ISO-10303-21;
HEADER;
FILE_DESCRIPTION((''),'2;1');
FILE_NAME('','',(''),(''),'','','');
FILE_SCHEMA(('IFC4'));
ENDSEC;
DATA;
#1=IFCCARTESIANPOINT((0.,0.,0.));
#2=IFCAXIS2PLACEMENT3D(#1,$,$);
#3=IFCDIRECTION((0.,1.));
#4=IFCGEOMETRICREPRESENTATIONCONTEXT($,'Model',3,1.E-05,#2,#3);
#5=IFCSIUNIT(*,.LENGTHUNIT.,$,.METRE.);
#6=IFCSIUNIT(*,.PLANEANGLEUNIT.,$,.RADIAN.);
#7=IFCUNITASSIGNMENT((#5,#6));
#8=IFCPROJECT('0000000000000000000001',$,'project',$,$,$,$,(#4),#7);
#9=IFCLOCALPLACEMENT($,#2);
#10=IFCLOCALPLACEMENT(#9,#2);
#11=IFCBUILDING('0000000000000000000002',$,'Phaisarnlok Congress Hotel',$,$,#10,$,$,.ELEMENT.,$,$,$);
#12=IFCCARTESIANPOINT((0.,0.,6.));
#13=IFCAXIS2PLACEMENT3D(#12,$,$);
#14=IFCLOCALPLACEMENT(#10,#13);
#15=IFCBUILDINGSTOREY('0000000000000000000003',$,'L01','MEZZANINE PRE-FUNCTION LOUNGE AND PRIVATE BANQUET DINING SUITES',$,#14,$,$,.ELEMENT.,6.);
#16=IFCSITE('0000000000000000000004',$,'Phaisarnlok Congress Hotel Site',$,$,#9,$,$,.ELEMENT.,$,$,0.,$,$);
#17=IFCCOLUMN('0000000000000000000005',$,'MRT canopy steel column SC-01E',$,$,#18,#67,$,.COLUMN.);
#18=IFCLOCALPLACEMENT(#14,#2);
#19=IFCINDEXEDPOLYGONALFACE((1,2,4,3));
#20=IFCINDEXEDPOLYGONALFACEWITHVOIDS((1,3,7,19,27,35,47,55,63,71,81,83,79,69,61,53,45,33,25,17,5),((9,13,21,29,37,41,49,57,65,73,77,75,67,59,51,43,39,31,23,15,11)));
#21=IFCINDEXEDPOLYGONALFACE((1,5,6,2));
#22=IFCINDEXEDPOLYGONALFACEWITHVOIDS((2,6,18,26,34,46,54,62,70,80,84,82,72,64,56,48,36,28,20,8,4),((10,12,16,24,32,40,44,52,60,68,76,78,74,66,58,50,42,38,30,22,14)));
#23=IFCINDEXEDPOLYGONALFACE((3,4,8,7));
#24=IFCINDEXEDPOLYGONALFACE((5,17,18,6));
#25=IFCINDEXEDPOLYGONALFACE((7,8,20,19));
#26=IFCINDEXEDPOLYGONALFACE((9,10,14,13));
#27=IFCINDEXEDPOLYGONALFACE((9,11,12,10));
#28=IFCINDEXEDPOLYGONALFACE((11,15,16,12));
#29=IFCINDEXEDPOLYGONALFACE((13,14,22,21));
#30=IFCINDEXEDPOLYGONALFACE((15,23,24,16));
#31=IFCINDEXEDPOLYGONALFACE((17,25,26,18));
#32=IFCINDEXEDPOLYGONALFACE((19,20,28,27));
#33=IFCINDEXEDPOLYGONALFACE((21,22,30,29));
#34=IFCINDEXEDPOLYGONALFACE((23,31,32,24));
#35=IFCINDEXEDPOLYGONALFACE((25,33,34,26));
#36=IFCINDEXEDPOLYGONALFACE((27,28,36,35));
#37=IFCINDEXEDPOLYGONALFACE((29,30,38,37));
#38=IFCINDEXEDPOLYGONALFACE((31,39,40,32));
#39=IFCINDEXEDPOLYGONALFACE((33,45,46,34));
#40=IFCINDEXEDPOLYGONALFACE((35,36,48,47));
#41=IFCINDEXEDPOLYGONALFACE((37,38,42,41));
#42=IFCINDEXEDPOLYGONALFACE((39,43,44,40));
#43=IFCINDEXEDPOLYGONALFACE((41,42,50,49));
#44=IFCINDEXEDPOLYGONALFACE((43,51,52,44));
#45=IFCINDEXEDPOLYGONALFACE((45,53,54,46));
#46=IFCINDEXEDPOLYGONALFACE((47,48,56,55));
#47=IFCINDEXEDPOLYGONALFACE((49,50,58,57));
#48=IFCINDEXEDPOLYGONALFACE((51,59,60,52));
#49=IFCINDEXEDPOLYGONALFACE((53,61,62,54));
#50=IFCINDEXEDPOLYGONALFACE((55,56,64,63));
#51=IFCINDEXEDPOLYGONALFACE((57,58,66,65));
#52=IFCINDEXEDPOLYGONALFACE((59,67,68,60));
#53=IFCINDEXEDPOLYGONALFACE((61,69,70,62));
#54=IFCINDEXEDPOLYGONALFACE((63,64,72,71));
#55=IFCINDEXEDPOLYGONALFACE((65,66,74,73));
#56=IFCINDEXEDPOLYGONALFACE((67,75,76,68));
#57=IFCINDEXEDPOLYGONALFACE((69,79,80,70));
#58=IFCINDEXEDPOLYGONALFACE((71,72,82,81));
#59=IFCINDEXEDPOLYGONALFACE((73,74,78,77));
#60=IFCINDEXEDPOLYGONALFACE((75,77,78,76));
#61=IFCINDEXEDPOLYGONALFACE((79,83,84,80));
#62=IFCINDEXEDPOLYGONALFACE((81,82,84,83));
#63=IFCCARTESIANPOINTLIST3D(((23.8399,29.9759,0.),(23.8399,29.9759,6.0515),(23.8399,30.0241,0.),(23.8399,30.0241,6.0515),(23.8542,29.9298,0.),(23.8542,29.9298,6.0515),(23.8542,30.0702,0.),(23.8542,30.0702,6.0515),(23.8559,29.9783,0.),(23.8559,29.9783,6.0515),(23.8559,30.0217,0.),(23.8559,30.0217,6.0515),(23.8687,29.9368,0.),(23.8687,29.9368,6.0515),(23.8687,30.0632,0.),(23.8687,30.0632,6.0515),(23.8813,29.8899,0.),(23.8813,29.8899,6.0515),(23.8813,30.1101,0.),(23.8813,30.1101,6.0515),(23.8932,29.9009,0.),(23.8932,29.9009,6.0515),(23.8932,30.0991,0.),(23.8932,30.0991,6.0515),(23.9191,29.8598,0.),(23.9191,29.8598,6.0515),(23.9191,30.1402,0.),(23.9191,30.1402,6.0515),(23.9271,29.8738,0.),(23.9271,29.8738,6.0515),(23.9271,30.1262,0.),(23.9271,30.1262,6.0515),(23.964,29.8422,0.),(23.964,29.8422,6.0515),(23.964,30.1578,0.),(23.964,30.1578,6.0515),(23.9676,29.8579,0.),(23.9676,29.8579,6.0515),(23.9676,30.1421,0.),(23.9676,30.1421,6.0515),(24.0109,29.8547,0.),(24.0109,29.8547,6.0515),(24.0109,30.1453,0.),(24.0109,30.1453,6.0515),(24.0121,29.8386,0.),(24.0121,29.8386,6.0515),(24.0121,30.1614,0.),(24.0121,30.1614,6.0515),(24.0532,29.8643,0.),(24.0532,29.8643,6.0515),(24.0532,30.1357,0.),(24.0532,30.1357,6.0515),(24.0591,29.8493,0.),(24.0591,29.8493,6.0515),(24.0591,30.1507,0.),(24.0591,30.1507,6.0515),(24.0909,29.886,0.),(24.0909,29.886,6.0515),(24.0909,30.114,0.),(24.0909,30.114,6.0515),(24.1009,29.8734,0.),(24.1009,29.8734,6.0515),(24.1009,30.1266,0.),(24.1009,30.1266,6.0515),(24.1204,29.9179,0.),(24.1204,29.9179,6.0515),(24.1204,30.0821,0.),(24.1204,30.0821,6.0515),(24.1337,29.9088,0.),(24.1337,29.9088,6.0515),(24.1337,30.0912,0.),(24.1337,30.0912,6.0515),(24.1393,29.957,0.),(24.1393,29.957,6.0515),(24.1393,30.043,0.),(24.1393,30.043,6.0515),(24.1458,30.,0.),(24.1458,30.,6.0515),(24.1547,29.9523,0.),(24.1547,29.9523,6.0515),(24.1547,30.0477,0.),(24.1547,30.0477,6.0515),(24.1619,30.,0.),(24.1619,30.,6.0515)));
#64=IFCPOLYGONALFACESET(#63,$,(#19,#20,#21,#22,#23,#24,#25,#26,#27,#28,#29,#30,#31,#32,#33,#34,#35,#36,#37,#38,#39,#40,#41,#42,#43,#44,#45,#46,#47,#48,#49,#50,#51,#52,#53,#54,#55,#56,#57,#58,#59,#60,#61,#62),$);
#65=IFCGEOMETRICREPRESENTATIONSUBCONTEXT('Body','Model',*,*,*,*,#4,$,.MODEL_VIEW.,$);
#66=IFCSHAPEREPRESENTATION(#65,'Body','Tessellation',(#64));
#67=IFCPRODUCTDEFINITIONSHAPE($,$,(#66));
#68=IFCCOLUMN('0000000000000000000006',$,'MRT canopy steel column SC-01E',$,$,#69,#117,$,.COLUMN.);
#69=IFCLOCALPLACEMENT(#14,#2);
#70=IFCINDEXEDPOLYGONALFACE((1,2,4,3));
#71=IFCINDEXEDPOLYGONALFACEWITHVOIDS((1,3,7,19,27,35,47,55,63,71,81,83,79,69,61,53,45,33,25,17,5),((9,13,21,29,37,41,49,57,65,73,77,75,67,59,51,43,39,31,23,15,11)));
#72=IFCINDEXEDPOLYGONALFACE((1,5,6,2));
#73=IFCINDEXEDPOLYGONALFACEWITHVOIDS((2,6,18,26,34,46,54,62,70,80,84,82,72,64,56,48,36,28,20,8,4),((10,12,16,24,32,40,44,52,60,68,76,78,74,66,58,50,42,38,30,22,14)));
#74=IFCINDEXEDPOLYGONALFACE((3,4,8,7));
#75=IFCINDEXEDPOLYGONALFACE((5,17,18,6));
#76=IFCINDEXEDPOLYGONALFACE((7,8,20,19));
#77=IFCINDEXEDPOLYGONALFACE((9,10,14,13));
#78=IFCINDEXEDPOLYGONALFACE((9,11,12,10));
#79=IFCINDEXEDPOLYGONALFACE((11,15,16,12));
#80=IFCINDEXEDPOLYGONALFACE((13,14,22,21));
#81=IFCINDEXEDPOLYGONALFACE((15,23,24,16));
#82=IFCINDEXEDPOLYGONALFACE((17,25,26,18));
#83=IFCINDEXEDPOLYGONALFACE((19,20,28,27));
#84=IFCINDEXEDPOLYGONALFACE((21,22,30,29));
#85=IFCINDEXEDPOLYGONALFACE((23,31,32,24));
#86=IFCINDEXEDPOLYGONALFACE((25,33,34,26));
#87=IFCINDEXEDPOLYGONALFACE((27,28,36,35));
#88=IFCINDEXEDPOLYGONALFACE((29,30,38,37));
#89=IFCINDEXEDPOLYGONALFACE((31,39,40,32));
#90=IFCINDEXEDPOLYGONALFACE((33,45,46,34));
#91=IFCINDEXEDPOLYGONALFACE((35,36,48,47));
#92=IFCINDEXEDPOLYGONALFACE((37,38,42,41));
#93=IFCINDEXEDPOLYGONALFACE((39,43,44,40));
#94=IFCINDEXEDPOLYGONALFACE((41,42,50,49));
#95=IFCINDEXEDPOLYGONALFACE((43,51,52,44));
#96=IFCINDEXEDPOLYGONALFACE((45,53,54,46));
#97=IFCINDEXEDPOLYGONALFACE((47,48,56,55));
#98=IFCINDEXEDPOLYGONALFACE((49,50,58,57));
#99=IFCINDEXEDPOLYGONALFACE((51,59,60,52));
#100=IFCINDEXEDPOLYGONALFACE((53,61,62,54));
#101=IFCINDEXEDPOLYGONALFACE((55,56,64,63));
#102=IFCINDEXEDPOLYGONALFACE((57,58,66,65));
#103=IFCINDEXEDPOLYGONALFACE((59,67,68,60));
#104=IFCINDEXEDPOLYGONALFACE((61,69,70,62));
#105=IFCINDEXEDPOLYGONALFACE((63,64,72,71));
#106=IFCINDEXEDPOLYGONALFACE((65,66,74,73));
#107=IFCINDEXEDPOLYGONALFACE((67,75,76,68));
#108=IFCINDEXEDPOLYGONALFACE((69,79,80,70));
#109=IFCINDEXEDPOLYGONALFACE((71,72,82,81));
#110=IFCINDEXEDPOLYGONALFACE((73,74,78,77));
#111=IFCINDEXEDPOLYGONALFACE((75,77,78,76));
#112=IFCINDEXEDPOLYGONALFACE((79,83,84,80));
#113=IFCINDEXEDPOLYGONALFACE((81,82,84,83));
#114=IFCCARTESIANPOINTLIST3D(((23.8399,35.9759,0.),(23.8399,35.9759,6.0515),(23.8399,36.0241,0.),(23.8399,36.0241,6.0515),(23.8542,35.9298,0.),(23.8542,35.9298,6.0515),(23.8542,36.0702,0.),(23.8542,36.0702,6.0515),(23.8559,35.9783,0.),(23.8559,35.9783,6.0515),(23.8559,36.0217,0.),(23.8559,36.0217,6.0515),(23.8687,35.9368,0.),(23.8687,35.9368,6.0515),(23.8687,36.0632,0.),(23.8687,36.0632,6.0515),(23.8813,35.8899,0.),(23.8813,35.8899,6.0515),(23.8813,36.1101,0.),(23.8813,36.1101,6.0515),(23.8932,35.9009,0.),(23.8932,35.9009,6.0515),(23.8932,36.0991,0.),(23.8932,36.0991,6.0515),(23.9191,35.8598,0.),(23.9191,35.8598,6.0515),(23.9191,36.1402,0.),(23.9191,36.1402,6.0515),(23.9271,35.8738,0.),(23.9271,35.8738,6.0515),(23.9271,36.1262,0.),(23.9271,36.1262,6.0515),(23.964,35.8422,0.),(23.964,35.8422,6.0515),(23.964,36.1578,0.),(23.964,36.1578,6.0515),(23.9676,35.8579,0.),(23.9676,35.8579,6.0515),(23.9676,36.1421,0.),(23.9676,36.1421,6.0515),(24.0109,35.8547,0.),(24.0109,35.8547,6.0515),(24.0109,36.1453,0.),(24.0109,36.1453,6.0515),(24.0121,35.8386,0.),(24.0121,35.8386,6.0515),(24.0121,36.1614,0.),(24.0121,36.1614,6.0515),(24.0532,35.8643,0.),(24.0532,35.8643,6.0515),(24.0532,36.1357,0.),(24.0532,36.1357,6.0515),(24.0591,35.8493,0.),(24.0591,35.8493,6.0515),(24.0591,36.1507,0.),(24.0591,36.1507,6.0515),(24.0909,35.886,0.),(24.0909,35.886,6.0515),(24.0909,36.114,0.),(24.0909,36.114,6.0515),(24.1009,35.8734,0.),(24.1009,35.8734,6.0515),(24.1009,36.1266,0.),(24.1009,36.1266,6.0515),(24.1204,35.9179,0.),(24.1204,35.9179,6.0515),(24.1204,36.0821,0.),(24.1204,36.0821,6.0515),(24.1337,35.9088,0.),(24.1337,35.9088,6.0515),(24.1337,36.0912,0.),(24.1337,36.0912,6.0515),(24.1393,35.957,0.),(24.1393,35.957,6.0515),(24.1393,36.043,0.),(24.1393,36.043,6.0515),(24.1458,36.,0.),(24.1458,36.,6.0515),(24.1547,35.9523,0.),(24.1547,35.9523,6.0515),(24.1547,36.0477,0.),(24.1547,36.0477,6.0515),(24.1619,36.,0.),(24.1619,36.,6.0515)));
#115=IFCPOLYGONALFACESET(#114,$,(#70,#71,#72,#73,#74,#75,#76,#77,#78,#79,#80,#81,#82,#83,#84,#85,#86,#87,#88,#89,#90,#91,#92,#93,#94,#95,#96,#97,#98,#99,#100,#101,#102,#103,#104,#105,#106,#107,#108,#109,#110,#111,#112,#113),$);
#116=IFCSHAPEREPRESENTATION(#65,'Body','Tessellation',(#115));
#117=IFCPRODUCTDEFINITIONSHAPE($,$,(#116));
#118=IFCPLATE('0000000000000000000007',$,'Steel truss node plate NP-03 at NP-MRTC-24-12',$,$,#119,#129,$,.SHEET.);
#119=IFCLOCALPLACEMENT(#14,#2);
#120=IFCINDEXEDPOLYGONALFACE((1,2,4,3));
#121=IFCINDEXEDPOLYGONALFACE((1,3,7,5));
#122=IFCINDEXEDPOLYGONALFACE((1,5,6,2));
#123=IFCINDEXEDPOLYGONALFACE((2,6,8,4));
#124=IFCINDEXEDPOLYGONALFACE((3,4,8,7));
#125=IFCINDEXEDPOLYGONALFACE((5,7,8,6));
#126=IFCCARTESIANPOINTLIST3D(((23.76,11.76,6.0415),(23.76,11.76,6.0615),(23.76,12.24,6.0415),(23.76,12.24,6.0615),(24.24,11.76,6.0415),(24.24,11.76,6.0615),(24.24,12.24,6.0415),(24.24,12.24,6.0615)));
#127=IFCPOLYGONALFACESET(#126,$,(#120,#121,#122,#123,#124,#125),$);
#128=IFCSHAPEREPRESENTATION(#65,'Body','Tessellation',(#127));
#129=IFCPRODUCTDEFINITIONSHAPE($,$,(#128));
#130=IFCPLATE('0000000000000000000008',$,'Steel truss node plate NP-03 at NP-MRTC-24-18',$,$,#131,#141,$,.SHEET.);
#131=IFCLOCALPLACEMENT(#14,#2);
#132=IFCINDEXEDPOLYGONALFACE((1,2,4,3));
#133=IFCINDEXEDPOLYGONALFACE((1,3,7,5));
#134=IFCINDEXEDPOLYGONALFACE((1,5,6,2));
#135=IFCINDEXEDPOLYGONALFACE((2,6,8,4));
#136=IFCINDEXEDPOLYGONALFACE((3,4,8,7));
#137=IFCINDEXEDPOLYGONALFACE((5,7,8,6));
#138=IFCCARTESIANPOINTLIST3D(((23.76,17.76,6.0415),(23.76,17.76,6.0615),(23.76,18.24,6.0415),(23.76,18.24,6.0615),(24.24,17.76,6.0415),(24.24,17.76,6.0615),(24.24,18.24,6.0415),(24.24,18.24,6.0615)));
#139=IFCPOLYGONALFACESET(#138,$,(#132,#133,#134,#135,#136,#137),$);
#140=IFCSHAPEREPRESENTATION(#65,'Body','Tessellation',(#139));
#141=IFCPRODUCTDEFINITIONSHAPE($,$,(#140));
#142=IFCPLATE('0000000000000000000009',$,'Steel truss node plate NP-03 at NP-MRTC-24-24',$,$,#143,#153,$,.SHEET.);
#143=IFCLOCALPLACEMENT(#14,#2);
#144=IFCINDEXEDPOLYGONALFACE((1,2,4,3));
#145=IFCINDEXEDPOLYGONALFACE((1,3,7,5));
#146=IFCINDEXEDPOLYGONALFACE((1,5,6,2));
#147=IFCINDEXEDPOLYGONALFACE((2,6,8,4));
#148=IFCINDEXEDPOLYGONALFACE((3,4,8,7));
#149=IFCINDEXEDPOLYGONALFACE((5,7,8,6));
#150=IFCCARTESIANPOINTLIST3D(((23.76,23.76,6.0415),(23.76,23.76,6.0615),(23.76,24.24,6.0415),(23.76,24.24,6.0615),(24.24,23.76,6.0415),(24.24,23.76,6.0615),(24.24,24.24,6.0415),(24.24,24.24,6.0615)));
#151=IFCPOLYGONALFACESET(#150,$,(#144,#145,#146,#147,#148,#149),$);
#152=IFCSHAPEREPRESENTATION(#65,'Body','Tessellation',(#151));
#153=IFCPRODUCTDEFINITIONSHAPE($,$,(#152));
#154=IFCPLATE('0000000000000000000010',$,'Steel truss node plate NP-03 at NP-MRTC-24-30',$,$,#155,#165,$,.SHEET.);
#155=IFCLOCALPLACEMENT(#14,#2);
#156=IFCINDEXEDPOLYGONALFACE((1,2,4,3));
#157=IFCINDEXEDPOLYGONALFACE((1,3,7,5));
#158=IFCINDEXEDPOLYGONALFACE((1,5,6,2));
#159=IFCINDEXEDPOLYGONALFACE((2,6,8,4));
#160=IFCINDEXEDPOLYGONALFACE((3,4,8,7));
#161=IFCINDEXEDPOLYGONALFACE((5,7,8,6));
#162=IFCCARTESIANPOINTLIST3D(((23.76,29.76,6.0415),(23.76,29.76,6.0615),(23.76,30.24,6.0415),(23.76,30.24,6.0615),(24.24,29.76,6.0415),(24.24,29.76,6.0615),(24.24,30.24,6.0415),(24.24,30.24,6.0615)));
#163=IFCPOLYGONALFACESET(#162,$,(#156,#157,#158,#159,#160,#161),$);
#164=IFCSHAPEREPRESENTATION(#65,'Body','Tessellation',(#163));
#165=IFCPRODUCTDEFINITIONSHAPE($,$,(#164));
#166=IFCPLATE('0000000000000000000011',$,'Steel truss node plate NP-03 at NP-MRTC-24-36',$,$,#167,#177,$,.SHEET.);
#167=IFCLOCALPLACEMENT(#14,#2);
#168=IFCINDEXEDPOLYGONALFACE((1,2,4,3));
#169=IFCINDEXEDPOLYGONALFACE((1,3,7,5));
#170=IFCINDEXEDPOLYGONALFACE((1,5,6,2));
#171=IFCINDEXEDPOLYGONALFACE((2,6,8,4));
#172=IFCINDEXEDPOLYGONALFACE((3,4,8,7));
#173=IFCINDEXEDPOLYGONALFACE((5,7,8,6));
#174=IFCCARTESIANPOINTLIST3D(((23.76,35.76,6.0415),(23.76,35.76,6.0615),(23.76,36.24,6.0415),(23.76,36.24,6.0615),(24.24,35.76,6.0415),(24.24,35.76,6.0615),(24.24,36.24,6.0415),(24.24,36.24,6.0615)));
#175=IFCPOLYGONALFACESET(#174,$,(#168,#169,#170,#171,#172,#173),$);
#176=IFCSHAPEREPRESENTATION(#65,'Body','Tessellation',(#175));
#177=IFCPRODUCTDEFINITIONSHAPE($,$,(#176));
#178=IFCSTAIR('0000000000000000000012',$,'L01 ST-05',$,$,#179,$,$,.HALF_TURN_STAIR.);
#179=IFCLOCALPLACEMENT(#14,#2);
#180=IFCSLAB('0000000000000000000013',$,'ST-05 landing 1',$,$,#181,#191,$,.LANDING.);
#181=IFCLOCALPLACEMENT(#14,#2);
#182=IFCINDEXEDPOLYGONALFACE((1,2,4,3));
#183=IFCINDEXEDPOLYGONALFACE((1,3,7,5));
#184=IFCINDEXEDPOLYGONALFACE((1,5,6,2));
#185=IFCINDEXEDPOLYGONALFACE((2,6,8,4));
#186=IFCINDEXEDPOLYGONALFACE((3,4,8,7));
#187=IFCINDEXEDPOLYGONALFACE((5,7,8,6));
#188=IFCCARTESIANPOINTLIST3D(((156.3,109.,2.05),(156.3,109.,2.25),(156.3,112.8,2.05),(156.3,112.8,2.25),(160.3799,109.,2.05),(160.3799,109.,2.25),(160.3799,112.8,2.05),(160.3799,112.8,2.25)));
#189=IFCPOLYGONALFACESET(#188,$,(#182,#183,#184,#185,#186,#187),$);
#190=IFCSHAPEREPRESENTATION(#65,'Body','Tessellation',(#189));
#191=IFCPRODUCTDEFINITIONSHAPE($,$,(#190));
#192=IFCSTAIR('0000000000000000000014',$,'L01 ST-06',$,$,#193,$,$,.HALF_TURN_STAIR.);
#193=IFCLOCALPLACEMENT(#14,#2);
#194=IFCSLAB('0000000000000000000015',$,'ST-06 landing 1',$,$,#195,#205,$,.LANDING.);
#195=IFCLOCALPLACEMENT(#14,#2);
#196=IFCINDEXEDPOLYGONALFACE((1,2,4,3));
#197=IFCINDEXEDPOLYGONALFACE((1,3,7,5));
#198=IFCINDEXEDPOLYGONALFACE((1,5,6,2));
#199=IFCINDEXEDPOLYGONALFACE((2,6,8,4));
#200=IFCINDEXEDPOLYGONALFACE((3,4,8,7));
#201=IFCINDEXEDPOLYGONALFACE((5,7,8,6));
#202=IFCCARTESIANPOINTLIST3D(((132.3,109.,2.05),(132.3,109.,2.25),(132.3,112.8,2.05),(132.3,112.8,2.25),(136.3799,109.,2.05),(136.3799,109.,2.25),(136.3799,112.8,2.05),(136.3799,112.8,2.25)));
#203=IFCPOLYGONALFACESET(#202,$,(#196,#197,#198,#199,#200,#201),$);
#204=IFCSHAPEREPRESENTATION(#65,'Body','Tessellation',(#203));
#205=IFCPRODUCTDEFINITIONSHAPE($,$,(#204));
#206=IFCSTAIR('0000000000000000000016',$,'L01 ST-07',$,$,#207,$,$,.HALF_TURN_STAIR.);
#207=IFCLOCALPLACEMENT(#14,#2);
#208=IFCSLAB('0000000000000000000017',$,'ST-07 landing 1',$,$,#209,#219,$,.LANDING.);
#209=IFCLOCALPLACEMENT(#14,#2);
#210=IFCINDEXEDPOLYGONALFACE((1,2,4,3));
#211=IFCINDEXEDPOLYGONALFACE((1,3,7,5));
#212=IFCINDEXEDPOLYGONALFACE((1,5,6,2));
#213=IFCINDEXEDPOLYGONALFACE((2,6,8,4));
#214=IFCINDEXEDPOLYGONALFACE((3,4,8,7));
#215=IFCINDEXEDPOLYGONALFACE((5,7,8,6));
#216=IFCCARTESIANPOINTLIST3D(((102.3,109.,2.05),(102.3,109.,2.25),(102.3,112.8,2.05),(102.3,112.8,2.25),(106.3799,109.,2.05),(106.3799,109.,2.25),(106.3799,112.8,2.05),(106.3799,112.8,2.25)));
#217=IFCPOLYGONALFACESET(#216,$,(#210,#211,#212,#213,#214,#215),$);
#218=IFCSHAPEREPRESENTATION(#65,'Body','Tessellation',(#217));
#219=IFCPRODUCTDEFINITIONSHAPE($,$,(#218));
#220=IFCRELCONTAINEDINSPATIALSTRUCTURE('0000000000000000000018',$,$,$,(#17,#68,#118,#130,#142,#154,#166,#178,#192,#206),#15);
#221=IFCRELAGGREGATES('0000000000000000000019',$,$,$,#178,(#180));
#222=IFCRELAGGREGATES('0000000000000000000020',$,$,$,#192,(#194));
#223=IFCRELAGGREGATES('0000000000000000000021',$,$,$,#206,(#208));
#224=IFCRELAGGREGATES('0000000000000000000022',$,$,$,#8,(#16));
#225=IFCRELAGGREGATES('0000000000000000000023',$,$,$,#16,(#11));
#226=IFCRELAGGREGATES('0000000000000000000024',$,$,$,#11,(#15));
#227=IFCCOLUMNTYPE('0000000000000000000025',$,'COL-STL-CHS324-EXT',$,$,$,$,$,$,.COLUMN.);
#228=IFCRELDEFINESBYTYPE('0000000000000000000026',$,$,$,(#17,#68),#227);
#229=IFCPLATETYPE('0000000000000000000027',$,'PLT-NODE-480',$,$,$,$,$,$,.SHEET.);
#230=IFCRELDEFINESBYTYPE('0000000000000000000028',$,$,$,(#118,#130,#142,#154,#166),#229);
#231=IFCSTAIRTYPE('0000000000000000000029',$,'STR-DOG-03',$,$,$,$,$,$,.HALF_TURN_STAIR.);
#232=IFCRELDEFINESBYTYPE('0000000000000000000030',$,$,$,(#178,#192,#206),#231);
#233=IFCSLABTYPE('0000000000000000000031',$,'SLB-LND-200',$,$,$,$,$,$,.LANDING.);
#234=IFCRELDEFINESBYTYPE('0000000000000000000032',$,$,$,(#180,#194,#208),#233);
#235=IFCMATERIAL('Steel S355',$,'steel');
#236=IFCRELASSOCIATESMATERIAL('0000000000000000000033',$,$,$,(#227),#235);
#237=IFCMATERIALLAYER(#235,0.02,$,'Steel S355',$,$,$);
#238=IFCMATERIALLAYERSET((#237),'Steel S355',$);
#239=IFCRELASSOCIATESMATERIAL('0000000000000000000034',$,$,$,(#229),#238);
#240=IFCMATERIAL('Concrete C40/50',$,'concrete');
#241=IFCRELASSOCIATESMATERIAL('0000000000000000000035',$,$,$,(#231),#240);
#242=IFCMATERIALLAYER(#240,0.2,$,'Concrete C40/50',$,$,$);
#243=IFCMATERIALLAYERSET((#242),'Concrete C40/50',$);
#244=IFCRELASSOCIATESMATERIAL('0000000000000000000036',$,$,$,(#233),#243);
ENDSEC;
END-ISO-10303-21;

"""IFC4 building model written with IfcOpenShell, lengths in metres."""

from ifc_helpers import new_model, si_unit, direction, frame, origin, origin_2d, place, context, subcontext, project, spatial, polyline, rectangle, hollow_circle, outline, extrude, material, layer, layer_set, material_profile, profile_set, type_object, element, aggregate, save


model = new_model("IFC4")

# Units and contexts
model_context = context("Model", 3, precision=1e-05, world=origin(), true_north=direction((0.0, 1.0)))
body_context = subcontext(model_context, "Body", "Model", "MODEL_VIEW")
ifc_project = project(units=[si_unit("LENGTHUNIT", "METRE"), si_unit("PLANEANGLEUNIT", "RADIAN")], contexts=[model_context])

# Site, building, storey
site_placement = place(None, origin())
site = spatial("IfcSite", under=ifc_project, at=site_placement, Name="Phaisarnlok Congress Hotel Site", CompositionType="ELEMENT", RefElevation=0.0)
building_placement = place(site_placement, origin())
building = spatial("IfcBuilding", under=site, at=building_placement, Name="Phaisarnlok Congress Hotel", CompositionType="ELEMENT")
storey_placement = place(building_placement, frame((0.0, 0.0, 6.0)))
storey = spatial("IfcBuildingStorey", under=building, at=storey_placement, Name="L01", Description="MEZZANINE PRE-FUNCTION LOUNGE AND PRIVATE BANQUET DINING SUITES", CompositionType="ELEMENT", Elevation=6.0)

# Columns
ifc_material_1 = material(Name="Steel S355", Category="steel")
ifc_material_profile = material_profile(ifc_material_1, hollow_circle(Radius=0.1619, WallThickness=0.0161, at=origin_2d()), Name="CHS 323.9x16")
ifc_profile_set = profile_set([ifc_material_profile], Name="Steel S355")
column_type = type_object("IfcColumnType", Name="COL-STL-CHS324-EXT", PredefinedType="COLUMN", material=ifc_profile_set)
for number, where, z_axis, x_axis, name in (
    (1, (24.0, 30.0, 0.0), (0.0, 0.0, 1.0), (1.0, 0.0, 0.0), "MRT canopy steel column SC-01E"),
    (2, (24.0, 36.0, 0.0), (0.0, 0.0, 1.0), (1.0, 0.0, 0.0), "MRT canopy steel column SC-01E"),
):
    element("IfcColumn", number, at=place(storey_placement, frame(where, z_axis=z_axis, x_axis=x_axis)), inside=storey, type_object=column_type, Name=name, PredefinedType="COLUMN", context=body_context, shape_type="SweptSolid", body=[
        extrude(hollow_circle(Radius=0.1619, WallThickness=0.0161, at=origin_2d()), origin(), (0.0, 0.0, 1.0), 6.0515),
    ])

# Plates
ifc_layer_1 = layer(ifc_material_1, 0.02, Name="Steel S355")
ifc_layer_set_1 = layer_set([ifc_layer_1], Name="Steel S355")
plate_type = type_object("IfcPlateType", Name="PLT-NODE-480", PredefinedType="SHEET", material=ifc_layer_set_1)
for number, where, z_axis, x_axis, name in (
    (3, (24.0, 12.0, 6.0415), (0.0, 0.0, 1.0), (1.0, 0.0, 0.0), "Steel truss node plate NP-03 at NP-MRTC-24-12"),
    (4, (24.0, 18.0, 6.0415), (0.0, 0.0, 1.0), (1.0, 0.0, 0.0), "Steel truss node plate NP-03 at NP-MRTC-24-18"),
    (5, (24.0, 24.0, 6.0415), (0.0, 0.0, 1.0), (1.0, 0.0, 0.0), "Steel truss node plate NP-03 at NP-MRTC-24-24"),
    (6, (24.0, 30.0, 6.0415), (0.0, 0.0, 1.0), (1.0, 0.0, 0.0), "Steel truss node plate NP-03 at NP-MRTC-24-30"),
    (7, (24.0, 36.0, 6.0415), (0.0, 0.0, 1.0), (1.0, 0.0, 0.0), "Steel truss node plate NP-03 at NP-MRTC-24-36"),
):
    element("IfcPlate", number, at=place(storey_placement, frame(where, z_axis=z_axis, x_axis=x_axis)), inside=storey, type_object=plate_type, Name=name, PredefinedType="SHEET", context=body_context, shape_type="SweptSolid", body=[
        extrude(rectangle(XDim=0.48, YDim=0.48, at=origin_2d()), origin(), (0.0, 0.0, 1.0), 0.02),
    ])

# Stairs, slabs
ifc_material_2 = material(Name="Concrete C40/50", Category="concrete")
stair_type = type_object("IfcStairType", Name="STR-DOG-03", PredefinedType="HALF_TURN_STAIR", material=ifc_material_2)
stair_1_placement = place(storey_placement, origin())
stair_1 = element("IfcStair", 8, at=stair_1_placement, inside=storey, type_object=stair_type, Name="L01 ST-05", PredefinedType="HALF_TURN_STAIR")
ifc_layer_2 = layer(ifc_material_2, 0.2, Name="Concrete C40/50")
ifc_layer_set_2 = layer_set([ifc_layer_2], Name="Concrete C40/50")
slab_type = type_object("IfcSlabType", Name="SLB-LND-200", PredefinedType="LANDING", material=ifc_layer_set_2)
slab_1_placement = place(storey_placement, frame((0.0, 0.0, 2.05)))
slab_1 = element("IfcSlab", 9, at=slab_1_placement, type_object=slab_type, Name="ST-05 landing 1", PredefinedType="LANDING", context=body_context, shape_type="SweptSolid", body=[
    extrude(outline(polyline([(160.3799, 112.8), (156.3, 112.8), (156.3, 109.0), (160.3799, 109.0), (160.3799, 112.8)])), origin(), (0.0, 0.0, 1.0), 0.2),
])
aggregate(stair_1, [slab_1])
stair_2_placement = place(storey_placement, origin())
stair_2 = element("IfcStair", 10, at=stair_2_placement, inside=storey, type_object=stair_type, Name="L01 ST-06", PredefinedType="HALF_TURN_STAIR")
slab_2_placement = place(storey_placement, frame((0.0, 0.0, 2.05)))
slab_2 = element("IfcSlab", 11, at=slab_2_placement, type_object=slab_type, Name="ST-06 landing 1", PredefinedType="LANDING", context=body_context, shape_type="SweptSolid", body=[
    extrude(outline(polyline([(136.3799, 112.8), (132.3, 112.8), (132.3, 109.0), (136.3799, 109.0), (136.3799, 112.8)])), origin(), (0.0, 0.0, 1.0), 0.2),
])
aggregate(stair_2, [slab_2])
stair_3_placement = place(storey_placement, origin())
stair_3 = element("IfcStair", 12, at=stair_3_placement, inside=storey, type_object=stair_type, Name="L01 ST-07", PredefinedType="HALF_TURN_STAIR")
slab_3_placement = place(storey_placement, frame((0.0, 0.0, 2.05)))
slab_3 = element("IfcSlab", 13, at=slab_3_placement, type_object=slab_type, Name="ST-07 landing 1", PredefinedType="LANDING", context=body_context, shape_type="SweptSolid", body=[
    extrude(outline(polyline([(106.3799, 112.8), (102.3, 112.8), (102.3, 109.0), (106.3799, 109.0), (106.3799, 112.8)])), origin(), (0.0, 0.0, 1.0), 0.2),
])
aggregate(stair_3, [slab_3])

save(model, "model.ifc")
